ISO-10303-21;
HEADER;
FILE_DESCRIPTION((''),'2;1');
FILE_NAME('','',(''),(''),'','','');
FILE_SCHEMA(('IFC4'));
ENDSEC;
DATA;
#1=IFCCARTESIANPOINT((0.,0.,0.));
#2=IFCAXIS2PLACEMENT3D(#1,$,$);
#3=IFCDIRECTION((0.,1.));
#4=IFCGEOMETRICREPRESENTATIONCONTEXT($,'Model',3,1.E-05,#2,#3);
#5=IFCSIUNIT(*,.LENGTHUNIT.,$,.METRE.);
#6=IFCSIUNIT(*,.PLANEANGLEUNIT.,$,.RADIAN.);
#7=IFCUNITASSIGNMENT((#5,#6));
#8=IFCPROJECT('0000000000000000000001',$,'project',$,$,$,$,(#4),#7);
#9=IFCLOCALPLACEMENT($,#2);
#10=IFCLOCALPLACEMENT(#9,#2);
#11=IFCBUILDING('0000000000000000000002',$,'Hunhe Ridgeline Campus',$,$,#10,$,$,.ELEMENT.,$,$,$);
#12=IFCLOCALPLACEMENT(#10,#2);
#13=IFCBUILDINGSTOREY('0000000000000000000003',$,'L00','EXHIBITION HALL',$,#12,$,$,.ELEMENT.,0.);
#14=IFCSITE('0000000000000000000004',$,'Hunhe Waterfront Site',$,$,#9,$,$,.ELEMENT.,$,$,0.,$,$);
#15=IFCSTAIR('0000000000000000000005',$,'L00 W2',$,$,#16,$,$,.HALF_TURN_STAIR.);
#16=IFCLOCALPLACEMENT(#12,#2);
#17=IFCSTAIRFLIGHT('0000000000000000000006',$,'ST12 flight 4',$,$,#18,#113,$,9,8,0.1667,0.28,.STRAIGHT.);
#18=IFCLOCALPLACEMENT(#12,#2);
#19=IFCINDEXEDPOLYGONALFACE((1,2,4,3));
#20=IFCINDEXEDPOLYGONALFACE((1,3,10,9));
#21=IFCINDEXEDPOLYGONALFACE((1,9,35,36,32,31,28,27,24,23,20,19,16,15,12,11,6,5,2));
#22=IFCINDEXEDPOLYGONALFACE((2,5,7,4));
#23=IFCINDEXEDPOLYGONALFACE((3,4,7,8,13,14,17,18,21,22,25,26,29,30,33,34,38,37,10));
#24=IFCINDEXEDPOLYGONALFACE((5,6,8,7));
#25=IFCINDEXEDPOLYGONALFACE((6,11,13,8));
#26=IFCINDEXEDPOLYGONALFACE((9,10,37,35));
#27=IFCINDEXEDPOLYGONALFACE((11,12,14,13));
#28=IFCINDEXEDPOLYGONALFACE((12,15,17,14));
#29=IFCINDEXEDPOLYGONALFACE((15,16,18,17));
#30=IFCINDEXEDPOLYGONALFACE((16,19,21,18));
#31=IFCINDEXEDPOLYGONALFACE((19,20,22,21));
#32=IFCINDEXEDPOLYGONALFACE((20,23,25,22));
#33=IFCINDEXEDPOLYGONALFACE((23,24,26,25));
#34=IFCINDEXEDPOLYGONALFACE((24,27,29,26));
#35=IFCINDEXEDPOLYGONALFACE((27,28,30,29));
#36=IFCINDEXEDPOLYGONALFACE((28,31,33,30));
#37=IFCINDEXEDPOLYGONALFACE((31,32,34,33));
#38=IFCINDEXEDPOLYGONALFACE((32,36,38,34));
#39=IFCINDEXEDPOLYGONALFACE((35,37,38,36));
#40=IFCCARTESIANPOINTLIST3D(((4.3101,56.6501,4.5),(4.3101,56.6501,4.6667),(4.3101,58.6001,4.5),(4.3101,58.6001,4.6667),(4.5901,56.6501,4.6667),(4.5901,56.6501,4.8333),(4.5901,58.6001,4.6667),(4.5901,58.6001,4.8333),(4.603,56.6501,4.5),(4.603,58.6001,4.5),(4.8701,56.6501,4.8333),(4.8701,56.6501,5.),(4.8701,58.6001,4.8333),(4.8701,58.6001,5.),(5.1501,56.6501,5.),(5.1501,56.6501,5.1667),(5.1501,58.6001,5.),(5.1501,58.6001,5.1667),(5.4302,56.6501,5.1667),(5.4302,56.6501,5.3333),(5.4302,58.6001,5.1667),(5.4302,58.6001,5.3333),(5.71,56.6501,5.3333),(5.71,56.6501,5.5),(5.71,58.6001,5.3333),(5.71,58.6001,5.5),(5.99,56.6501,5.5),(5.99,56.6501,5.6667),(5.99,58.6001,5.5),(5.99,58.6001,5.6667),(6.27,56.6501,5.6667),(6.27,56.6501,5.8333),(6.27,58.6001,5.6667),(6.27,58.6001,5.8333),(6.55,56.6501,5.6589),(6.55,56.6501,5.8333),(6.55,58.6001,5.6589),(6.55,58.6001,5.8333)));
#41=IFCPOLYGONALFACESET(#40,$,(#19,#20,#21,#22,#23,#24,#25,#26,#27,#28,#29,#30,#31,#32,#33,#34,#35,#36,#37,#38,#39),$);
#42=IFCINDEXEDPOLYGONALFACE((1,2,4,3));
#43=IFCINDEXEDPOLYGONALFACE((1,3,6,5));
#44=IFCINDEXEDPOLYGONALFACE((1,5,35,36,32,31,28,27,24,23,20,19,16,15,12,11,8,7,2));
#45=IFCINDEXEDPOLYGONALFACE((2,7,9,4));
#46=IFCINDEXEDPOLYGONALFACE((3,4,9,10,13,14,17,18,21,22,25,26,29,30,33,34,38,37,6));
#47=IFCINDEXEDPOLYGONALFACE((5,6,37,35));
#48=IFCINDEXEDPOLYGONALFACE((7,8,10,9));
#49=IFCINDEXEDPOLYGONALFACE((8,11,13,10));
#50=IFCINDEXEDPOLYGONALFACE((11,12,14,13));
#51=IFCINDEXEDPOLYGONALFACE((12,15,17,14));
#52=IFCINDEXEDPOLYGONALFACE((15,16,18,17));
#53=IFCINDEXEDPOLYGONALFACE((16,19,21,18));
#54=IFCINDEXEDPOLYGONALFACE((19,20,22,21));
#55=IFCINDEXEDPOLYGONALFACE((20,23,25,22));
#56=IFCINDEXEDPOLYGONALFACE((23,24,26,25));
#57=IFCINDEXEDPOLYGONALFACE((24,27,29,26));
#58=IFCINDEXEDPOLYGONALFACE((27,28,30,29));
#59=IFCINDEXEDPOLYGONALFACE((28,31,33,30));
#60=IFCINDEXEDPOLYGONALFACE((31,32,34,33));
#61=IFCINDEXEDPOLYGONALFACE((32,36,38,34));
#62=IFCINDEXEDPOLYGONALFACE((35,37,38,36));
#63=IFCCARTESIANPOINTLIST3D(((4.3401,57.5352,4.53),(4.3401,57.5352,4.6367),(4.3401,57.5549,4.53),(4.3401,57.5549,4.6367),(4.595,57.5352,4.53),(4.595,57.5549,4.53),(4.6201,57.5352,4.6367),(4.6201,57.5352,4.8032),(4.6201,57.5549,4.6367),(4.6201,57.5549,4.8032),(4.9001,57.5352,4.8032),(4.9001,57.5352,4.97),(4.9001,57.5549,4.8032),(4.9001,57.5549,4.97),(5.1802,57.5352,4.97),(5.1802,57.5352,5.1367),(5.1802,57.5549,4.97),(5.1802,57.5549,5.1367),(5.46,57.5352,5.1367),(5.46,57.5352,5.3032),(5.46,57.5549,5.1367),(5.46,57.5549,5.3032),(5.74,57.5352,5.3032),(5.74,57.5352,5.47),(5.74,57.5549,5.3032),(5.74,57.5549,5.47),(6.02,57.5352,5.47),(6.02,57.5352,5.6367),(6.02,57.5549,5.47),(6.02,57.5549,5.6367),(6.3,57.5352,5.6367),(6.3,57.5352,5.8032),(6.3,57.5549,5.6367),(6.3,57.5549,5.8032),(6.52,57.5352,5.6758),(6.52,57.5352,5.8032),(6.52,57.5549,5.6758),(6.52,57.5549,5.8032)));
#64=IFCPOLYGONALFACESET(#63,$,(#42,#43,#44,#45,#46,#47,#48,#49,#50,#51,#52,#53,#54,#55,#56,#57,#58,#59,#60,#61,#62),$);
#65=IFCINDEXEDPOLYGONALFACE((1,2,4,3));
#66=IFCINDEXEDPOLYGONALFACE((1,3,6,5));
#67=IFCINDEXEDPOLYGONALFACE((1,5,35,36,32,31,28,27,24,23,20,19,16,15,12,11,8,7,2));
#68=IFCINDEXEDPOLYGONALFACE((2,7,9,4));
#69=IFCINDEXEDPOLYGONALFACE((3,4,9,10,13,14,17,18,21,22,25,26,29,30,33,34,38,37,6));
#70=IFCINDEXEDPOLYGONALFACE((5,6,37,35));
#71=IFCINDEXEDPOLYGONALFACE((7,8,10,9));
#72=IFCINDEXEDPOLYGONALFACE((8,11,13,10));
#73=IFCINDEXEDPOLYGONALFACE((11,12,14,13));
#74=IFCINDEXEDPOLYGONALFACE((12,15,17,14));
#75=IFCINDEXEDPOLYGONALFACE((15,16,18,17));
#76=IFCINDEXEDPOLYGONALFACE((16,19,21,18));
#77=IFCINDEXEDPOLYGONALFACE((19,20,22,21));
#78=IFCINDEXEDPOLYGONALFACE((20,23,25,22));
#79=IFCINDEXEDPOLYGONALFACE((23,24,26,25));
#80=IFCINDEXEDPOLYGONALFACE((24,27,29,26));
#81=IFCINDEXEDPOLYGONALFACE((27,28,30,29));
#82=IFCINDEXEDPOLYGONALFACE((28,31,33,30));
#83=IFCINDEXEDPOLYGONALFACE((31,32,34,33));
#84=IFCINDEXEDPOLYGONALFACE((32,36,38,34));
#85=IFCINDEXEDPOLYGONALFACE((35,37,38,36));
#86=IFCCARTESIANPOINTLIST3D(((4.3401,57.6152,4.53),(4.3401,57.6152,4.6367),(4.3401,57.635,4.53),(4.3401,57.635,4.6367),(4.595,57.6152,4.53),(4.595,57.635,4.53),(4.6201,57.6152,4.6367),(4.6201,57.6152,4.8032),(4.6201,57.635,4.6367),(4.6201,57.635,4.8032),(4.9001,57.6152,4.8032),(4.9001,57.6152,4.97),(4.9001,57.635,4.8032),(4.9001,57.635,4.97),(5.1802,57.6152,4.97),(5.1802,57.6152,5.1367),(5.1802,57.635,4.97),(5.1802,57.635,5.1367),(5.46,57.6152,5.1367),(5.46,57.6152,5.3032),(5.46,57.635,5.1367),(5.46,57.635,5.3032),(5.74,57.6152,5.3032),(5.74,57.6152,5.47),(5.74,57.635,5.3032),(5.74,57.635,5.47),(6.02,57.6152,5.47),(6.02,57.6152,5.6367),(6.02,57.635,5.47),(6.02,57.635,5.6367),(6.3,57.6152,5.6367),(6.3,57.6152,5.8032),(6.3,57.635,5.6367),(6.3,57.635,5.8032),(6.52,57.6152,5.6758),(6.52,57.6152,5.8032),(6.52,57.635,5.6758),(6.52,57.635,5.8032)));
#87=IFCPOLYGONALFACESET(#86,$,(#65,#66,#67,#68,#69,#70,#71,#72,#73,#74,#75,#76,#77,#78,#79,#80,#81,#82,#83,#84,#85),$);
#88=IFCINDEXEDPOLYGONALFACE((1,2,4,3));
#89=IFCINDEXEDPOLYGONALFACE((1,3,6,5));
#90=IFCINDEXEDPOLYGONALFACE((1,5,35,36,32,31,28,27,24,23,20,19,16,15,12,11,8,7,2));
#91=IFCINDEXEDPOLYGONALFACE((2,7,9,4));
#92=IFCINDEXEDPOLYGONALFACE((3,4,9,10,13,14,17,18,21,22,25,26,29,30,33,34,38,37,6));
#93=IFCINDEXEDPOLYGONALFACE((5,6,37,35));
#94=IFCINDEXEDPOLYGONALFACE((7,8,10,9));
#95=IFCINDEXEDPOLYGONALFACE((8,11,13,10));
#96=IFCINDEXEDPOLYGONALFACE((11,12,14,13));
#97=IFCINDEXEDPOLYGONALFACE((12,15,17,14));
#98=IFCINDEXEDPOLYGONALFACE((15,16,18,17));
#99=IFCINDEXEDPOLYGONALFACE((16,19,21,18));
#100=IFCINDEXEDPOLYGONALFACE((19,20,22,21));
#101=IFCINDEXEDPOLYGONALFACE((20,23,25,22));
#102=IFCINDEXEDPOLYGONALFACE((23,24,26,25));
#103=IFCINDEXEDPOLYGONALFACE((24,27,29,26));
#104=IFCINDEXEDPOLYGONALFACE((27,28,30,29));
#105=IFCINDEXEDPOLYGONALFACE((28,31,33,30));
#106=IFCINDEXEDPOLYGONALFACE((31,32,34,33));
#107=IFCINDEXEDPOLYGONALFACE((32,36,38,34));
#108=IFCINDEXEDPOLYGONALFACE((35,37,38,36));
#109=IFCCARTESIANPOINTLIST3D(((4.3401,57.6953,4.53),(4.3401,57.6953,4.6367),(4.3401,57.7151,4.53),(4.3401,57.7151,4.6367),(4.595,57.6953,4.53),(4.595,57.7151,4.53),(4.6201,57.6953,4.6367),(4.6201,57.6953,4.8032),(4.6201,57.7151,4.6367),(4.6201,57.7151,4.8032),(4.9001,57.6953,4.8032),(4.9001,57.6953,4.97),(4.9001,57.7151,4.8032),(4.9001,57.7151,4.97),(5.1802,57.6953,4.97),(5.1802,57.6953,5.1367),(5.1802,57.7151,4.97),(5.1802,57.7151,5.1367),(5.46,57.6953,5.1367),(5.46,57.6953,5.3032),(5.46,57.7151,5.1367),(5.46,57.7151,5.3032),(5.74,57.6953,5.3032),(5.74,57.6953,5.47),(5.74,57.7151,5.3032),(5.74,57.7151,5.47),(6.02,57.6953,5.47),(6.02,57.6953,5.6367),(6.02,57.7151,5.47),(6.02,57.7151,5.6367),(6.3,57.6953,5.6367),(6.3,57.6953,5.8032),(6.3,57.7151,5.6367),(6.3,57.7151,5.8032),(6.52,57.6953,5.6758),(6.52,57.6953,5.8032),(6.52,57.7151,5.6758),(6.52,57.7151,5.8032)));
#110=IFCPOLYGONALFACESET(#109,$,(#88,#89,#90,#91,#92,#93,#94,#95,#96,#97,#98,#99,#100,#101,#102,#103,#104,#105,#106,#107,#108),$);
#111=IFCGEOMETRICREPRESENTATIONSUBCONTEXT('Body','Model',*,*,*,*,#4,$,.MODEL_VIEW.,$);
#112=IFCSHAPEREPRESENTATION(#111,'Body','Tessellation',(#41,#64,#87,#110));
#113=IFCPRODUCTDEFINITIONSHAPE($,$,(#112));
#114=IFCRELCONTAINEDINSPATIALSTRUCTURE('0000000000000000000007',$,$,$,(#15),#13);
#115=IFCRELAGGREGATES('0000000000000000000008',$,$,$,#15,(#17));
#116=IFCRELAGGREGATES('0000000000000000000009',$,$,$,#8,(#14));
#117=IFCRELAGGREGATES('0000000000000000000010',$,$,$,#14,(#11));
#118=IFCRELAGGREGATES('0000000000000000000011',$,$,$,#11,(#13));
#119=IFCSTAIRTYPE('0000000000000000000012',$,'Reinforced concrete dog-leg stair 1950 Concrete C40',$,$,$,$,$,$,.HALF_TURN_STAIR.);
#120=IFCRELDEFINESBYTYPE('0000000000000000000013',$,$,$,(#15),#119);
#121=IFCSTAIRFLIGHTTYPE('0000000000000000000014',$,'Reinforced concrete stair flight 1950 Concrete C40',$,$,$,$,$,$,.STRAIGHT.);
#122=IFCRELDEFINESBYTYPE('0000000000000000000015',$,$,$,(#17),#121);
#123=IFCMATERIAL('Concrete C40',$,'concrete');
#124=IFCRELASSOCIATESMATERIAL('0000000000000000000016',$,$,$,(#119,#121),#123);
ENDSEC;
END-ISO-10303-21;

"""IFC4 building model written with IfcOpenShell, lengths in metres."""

from ifc_helpers import new_model, si_unit, direction, frame, origin, place, context, subcontext, project, spatial, polyline, outline, extrude, material, type_object, element, aggregate, save


model = new_model("IFC4")

# Units and contexts
model_context = context("Model", 3, precision=1e-05, world=origin(), true_north=direction((0.0, 1.0)))
body_context = subcontext(model_context, "Body", "Model", "MODEL_VIEW")
ifc_project = project(units=[si_unit("LENGTHUNIT", "METRE"), si_unit("PLANEANGLEUNIT", "RADIAN")], contexts=[model_context])

# Site, building, storey
site_placement = place(None, origin())
site = spatial("IfcSite", under=ifc_project, at=site_placement, Name="Hunhe Waterfront Site", CompositionType="ELEMENT", RefElevation=0.0)
building_placement = place(site_placement, origin())
building = spatial("IfcBuilding", under=site, at=building_placement, Name="Hunhe Ridgeline Campus", CompositionType="ELEMENT")
storey_placement = place(building_placement, origin())
storey = spatial("IfcBuildingStorey", under=building, at=storey_placement, Name="L00", Description="EXHIBITION HALL", CompositionType="ELEMENT", Elevation=0.0)

# Stair, stair flight
ifc_material_1 = material(Name="Concrete C40", Category="concrete")
stair_type = type_object("IfcStairType", Name="Reinforced concrete dog-leg stair 1950 Concrete C40", PredefinedType="HALF_TURN_STAIR", material=ifc_material_1)
stair_flight_type = type_object("IfcStairFlightType", Name="Reinforced concrete stair flight 1950 Concrete C40", PredefinedType="STRAIGHT", material=ifc_material_1)
stair_1_placement = place(storey_placement, origin())
stair_1 = element("IfcStair", 1, at=stair_1_placement, inside=storey, type_object=stair_type, Name="L00 W2", PredefinedType="HALF_TURN_STAIR")
stair_flight_1_placement = place(storey_placement, frame((4.3101, 57.625, 4.5), z_axis=(0.0, 0.0, 1.0), x_axis=(1.0, 0.0, 0.0)))
stair_flight_1 = element("IfcStairFlight", 2, at=stair_flight_1_placement, type_object=stair_flight_type, Name="ST12 flight 4", NumberOfRisers=9, NumberOfTreads=8, PredefinedType="STRAIGHT", RiserHeight=0.1667, TreadLength=0.28, context=body_context, shape_type="SweptSolid", body=[
    extrude(outline(polyline([(0.0, 0.0), (0.0, 0.1667), (0.28, 0.1667), (0.28, 0.3333), (0.5601, 0.3333), (0.5601, 0.5), (0.8401, 0.5), (0.8401, 0.6667), (1.1201, 0.6667), (1.1201, 0.8333), (1.3999, 0.8333), (1.3999, 1.0), (1.6799, 1.0), (1.6799, 1.1667), (1.96, 1.1667), (1.96, 1.3333), (2.24, 1.3333), (2.24, 1.5), (2.24, 1.1589), (0.293, 0.0), (0.0, 0.0)])), frame((0.0, 0.9751, 0.0), z_axis=(0.0, -1.0, 0.0), x_axis=(1.0, 0.0, 0.0)), (0.0, 0.0, 1.0), 1.95),
    extrude(outline(polyline([(0.03, 0.03), (0.03, 0.1367), (0.3101, 0.1367), (0.3101, 0.3032), (0.5901, 0.3032), (0.5901, 0.47), (0.8701, 0.47), (0.8701, 0.6367), (1.1499, 0.6367), (1.1499, 0.8032), (1.4299, 0.8032), (1.4299, 0.97), (1.71, 0.97), (1.71, 1.1367), (1.99, 1.1367), (1.99, 1.3032), (2.21, 1.3032), (2.21, 1.1758), (0.2849, 0.03), (0.03, 0.03)])), frame((0.0, -0.0701, 0.0), z_axis=(0.0, -1.0, 0.0), x_axis=(1.0, 0.0, 0.0)), (0.0, 0.0, 1.0), 0.0198),
    extrude(outline(polyline([(0.03, 0.03), (0.03, 0.1367), (0.3101, 0.1367), (0.3101, 0.3032), (0.5901, 0.3032), (0.5901, 0.47), (0.8701, 0.47), (0.8701, 0.6367), (1.1499, 0.6367), (1.1499, 0.8032), (1.4299, 0.8032), (1.4299, 0.97), (1.71, 0.97), (1.71, 1.1367), (1.99, 1.1367), (1.99, 1.3032), (2.21, 1.3032), (2.21, 1.1758), (0.2849, 0.03), (0.03, 0.03)])), frame((0.0, 0.01, 0.0), z_axis=(0.0, -1.0, 0.0), x_axis=(1.0, 0.0, 0.0)), (0.0, 0.0, 1.0), 0.0198),
    extrude(outline(polyline([(0.03, 0.03), (0.03, 0.1367), (0.3101, 0.1367), (0.3101, 0.3032), (0.5901, 0.3032), (0.5901, 0.47), (0.8701, 0.47), (0.8701, 0.6367), (1.1499, 0.6367), (1.1499, 0.8032), (1.4299, 0.8032), (1.4299, 0.97), (1.71, 0.97), (1.71, 1.1367), (1.99, 1.1367), (1.99, 1.3032), (2.21, 1.3032), (2.21, 1.1758), (0.2849, 0.03), (0.03, 0.03)])), frame((0.0, 0.0901, 0.0), z_axis=(0.0, -1.0, 0.0), x_axis=(1.0, 0.0, 0.0)), (0.0, 0.0, 1.0), 0.0198),
])
aggregate(stair_1, [stair_flight_1])

save(model, "model.ifc")
